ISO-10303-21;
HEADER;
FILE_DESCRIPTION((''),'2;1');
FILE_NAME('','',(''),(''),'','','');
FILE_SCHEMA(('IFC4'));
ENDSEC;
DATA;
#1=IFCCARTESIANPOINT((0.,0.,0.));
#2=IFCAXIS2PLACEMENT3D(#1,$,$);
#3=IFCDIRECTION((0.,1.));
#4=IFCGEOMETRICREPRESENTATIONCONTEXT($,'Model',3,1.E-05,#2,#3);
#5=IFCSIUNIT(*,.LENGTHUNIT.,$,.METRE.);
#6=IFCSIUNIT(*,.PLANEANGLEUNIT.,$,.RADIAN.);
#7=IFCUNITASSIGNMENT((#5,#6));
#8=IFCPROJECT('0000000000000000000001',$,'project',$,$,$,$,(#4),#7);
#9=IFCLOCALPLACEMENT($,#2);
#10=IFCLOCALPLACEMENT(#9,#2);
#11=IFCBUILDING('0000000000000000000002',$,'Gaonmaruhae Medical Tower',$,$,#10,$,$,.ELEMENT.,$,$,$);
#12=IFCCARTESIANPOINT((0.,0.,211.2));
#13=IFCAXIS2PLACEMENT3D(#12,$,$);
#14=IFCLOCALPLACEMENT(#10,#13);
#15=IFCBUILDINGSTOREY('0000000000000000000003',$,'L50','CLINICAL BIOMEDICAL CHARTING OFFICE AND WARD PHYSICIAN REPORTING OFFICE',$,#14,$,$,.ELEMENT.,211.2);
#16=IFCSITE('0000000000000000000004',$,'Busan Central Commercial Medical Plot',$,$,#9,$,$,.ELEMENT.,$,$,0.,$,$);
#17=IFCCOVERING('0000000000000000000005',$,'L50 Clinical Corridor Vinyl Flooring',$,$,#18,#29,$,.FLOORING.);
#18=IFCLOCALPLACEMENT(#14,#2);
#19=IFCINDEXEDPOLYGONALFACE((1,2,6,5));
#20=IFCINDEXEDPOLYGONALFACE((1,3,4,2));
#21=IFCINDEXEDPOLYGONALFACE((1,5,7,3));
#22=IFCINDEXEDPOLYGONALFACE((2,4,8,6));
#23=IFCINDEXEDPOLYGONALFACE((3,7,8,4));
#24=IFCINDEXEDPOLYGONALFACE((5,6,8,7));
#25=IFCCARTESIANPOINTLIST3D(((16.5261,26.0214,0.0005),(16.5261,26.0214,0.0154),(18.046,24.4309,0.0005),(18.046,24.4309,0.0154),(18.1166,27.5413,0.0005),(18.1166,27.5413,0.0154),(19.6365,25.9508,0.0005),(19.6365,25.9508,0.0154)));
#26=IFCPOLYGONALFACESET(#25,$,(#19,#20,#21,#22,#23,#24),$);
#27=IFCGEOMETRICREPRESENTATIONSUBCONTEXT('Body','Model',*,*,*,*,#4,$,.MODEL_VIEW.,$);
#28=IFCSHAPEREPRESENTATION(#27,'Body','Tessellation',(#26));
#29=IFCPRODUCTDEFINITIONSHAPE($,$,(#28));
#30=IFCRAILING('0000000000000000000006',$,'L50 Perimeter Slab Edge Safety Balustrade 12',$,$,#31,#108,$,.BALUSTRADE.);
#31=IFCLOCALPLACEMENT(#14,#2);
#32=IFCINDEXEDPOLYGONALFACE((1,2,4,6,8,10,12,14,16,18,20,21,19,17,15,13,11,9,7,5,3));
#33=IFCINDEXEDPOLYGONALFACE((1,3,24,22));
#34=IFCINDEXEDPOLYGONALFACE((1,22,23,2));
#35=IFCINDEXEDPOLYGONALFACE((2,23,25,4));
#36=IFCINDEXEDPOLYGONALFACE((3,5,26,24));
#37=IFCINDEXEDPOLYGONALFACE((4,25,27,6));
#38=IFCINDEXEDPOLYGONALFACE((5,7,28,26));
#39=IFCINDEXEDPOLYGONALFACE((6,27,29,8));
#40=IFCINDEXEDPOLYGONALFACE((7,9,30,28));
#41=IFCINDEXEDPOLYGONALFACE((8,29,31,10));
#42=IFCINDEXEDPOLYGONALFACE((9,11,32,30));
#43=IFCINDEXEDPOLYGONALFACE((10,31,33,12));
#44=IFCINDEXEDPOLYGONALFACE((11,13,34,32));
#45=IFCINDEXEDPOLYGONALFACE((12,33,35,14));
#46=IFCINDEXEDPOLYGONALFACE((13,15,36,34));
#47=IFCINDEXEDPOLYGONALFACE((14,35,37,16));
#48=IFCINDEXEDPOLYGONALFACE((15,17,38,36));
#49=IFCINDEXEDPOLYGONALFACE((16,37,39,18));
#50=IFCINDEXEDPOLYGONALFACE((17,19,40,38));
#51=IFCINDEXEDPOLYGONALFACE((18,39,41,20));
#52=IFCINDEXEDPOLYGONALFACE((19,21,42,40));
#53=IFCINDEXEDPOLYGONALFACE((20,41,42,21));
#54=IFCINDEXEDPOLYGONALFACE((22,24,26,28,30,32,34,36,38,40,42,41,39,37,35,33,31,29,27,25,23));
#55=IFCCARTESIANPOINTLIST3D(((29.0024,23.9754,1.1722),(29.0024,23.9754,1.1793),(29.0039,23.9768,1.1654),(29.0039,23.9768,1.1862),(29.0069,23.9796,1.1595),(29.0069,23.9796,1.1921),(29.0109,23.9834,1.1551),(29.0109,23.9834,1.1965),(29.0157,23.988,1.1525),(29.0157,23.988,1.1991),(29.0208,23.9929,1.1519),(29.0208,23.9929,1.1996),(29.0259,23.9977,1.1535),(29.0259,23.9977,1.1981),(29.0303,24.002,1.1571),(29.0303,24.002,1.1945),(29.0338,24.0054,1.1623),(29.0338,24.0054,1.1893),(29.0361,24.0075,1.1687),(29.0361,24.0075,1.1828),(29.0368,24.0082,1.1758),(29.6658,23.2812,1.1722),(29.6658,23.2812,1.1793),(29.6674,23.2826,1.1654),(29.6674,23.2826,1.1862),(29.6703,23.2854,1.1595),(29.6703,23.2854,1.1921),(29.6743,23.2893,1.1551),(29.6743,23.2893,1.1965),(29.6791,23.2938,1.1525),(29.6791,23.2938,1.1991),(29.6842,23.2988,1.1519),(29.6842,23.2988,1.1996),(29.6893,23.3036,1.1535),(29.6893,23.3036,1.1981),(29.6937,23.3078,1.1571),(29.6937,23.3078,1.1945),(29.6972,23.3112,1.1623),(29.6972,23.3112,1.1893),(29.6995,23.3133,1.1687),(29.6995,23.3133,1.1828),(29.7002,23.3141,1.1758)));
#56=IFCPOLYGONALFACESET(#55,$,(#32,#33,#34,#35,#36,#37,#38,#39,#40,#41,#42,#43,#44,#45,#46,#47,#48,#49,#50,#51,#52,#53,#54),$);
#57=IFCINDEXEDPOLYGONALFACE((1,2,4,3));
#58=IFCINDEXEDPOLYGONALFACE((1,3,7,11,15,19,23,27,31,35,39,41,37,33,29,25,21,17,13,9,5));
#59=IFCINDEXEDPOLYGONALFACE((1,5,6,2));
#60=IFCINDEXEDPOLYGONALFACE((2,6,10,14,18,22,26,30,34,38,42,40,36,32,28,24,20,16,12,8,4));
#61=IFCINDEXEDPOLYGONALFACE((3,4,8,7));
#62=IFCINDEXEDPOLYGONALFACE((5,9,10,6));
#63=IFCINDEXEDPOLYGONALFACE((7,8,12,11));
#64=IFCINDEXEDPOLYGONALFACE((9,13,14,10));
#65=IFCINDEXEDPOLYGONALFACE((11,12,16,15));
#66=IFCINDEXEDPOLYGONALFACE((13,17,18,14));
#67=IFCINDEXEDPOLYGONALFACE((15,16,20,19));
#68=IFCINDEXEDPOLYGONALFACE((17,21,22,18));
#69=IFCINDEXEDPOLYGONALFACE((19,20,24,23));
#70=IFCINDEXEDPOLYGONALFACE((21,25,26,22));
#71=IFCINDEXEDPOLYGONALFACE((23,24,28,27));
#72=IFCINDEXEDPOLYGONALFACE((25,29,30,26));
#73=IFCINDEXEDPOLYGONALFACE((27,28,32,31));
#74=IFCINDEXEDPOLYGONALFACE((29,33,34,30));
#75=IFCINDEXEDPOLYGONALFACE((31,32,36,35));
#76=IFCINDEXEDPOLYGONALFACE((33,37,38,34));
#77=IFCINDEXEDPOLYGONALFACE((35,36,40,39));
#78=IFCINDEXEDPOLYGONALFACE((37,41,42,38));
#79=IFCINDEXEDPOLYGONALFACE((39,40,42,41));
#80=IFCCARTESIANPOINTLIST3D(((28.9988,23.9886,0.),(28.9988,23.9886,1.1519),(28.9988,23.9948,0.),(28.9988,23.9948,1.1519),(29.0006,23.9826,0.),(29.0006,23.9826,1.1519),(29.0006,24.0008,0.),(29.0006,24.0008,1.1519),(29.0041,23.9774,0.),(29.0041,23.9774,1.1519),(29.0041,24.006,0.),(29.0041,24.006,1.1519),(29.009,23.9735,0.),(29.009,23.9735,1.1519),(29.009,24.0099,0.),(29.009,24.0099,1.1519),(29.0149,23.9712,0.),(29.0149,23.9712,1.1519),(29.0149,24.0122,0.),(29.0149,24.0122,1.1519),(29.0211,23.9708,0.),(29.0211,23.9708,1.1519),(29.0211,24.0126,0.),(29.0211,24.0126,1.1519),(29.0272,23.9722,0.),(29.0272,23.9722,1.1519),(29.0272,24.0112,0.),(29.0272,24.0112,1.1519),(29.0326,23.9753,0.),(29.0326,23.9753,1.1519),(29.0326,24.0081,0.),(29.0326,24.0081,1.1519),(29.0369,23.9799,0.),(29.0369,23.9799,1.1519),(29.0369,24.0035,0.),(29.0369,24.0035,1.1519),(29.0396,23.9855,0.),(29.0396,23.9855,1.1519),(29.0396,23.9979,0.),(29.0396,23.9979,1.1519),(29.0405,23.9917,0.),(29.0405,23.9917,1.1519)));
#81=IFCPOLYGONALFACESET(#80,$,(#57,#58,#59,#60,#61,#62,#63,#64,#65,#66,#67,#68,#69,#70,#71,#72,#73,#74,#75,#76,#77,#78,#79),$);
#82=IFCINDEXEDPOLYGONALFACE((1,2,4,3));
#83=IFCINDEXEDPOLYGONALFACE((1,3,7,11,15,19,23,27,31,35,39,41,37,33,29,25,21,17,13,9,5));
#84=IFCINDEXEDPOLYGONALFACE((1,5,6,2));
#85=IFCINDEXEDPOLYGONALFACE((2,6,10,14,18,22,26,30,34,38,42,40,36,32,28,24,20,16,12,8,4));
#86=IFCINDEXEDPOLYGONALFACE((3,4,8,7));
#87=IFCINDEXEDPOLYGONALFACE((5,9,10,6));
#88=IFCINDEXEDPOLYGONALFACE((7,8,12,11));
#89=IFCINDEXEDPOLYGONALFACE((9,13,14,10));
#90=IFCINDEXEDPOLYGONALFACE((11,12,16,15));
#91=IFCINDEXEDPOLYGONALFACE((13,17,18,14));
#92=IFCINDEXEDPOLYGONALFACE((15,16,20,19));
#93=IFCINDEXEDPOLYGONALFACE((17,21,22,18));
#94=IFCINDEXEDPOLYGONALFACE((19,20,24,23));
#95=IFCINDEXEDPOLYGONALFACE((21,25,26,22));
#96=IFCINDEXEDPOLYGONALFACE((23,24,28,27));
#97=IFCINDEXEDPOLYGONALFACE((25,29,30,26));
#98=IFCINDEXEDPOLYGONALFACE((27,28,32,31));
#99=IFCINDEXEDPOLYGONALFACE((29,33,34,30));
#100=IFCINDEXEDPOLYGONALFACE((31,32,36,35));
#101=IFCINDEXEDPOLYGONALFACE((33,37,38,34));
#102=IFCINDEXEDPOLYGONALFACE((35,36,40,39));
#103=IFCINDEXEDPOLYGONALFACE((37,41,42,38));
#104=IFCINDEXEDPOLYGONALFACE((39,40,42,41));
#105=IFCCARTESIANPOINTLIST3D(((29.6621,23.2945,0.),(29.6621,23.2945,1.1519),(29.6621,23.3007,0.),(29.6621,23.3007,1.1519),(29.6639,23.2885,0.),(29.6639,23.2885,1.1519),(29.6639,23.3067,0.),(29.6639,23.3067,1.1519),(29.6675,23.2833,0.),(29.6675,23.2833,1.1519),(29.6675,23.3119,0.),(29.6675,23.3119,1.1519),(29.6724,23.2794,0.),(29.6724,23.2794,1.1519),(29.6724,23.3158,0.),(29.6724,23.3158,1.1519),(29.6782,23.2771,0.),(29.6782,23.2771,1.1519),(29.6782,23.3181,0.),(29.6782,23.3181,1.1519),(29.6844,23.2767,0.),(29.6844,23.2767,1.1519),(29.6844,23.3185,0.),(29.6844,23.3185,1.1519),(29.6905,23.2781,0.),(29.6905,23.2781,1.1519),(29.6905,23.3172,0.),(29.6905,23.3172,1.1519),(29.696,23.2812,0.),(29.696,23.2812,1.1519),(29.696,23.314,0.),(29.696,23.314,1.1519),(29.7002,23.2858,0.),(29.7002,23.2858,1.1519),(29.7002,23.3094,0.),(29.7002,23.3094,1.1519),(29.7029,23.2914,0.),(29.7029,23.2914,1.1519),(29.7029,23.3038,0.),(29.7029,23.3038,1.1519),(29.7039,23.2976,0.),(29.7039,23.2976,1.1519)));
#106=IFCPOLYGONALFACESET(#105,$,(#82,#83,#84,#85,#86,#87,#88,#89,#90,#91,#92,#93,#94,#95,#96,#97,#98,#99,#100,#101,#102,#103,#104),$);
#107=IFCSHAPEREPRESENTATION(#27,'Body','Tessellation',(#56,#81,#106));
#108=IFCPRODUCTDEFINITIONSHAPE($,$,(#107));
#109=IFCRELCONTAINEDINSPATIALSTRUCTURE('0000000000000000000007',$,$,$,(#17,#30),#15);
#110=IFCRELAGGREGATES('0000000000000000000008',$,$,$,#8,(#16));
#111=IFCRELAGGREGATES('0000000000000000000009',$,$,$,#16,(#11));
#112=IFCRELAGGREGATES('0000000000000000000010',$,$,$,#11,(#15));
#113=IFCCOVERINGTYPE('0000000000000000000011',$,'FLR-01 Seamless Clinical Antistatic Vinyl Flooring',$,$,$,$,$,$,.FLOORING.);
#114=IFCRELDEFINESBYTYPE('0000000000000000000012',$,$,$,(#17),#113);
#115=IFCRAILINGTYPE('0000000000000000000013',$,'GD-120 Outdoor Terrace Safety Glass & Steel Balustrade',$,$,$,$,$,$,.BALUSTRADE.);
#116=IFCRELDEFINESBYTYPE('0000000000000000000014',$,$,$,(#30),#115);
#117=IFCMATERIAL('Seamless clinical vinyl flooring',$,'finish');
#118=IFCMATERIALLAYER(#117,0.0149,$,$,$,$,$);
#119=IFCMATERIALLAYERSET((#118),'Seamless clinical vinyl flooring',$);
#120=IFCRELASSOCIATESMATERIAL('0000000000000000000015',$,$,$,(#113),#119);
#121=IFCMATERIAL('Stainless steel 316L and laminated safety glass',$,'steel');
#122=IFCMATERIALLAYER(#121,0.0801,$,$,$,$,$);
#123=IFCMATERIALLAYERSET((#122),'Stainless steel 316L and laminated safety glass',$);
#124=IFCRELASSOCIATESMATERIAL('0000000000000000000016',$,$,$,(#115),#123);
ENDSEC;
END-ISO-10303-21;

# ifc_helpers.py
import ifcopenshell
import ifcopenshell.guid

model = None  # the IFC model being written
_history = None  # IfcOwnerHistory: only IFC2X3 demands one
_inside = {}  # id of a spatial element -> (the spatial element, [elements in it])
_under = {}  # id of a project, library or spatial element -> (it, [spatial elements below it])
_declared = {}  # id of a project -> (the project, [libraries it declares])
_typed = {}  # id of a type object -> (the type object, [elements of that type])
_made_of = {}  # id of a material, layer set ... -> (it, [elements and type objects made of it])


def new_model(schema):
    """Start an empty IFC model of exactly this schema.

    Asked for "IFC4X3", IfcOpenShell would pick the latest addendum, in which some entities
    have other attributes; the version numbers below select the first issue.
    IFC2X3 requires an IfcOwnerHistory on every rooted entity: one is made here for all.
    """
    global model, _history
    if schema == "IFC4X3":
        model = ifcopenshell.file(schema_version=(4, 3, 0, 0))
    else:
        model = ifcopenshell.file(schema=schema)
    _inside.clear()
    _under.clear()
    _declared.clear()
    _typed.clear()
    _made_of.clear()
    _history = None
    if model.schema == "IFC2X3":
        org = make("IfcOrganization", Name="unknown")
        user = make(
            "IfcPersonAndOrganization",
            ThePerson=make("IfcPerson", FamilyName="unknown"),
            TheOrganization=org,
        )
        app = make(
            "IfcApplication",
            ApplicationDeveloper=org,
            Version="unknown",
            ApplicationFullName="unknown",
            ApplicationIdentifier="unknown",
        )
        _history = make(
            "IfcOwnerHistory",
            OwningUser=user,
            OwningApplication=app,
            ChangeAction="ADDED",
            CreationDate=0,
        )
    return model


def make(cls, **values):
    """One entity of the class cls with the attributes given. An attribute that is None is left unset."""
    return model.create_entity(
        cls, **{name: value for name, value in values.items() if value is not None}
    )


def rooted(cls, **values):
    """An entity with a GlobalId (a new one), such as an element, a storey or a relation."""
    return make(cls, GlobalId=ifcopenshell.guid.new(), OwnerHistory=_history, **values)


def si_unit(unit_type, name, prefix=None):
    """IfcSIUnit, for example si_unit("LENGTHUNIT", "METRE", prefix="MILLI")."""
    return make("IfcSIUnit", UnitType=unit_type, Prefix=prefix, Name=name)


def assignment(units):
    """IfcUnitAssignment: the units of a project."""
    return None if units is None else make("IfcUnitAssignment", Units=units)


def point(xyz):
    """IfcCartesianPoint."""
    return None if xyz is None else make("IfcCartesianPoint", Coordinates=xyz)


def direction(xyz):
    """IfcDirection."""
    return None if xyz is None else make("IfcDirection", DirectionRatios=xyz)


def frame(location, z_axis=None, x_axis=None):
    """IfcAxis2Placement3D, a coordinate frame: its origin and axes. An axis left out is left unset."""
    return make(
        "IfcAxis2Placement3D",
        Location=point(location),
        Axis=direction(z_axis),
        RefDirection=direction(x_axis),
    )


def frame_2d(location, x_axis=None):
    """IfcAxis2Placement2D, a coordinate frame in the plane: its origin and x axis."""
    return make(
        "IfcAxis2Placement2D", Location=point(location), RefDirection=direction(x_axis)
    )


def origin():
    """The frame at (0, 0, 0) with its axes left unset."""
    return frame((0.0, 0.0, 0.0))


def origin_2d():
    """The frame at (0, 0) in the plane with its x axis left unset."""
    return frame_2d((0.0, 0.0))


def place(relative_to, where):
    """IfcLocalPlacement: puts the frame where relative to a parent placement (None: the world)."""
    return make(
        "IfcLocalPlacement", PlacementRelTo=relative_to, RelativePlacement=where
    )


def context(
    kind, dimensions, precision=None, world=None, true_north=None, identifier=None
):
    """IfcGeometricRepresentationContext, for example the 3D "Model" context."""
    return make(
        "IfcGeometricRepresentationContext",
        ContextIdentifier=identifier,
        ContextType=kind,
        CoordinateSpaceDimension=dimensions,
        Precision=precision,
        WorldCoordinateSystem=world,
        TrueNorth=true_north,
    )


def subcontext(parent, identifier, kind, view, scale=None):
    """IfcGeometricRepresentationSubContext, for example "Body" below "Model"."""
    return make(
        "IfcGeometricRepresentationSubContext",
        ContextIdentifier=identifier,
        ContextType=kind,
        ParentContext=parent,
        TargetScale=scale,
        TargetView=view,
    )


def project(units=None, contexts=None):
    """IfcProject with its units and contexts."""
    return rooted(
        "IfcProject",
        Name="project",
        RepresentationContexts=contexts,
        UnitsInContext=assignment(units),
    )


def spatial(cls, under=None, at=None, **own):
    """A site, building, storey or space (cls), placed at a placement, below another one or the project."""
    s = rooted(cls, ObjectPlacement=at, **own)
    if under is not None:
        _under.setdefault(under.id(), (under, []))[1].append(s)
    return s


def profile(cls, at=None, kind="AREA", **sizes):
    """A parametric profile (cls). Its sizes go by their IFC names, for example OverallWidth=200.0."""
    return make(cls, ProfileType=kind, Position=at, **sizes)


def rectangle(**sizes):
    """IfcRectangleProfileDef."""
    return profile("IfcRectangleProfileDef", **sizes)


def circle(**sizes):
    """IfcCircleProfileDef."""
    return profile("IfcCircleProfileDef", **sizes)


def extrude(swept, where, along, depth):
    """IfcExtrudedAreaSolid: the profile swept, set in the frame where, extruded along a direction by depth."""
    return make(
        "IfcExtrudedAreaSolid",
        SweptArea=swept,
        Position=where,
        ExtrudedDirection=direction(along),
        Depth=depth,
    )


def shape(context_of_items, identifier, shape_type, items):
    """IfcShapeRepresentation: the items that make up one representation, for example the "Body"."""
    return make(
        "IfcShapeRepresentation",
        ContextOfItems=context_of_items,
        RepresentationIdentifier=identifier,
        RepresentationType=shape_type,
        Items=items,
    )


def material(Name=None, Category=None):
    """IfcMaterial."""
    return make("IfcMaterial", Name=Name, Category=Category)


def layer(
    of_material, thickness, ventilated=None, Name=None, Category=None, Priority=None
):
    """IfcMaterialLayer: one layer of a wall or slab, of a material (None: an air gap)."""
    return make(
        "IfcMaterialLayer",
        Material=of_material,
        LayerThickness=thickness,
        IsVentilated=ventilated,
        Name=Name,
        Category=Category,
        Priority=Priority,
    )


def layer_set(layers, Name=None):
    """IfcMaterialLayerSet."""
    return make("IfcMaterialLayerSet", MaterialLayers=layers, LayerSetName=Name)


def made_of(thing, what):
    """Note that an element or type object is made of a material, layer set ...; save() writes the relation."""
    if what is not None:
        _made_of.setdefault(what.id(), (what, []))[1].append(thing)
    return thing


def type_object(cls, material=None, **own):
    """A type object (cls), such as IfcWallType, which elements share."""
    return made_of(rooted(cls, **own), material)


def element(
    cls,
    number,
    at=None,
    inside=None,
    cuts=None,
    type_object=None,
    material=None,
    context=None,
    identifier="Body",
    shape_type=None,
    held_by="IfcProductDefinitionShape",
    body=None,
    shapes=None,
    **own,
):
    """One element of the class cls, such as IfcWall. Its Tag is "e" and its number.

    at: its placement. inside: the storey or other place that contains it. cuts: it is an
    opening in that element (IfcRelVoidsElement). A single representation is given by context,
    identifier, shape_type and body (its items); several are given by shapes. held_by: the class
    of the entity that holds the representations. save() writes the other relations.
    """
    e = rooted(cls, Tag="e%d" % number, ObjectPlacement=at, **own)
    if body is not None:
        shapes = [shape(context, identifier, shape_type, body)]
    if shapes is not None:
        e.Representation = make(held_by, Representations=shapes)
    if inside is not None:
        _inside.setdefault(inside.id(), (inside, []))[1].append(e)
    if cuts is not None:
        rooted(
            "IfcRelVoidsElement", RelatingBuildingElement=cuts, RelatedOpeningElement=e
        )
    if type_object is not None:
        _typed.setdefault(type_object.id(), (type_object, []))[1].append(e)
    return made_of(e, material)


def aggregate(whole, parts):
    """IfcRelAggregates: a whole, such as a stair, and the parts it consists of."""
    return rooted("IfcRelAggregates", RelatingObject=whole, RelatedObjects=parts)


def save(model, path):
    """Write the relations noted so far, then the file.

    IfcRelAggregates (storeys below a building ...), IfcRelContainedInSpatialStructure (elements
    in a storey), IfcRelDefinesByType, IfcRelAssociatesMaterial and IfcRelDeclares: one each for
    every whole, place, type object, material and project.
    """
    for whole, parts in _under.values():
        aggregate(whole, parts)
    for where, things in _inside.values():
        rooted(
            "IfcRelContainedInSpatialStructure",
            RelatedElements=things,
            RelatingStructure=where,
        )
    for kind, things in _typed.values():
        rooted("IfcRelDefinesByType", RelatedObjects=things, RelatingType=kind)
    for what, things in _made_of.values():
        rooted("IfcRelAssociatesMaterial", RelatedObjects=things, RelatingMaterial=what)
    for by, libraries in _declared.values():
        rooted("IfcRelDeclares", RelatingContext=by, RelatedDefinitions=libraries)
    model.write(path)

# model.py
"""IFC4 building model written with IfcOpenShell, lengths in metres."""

from ifc_helpers import new_model, si_unit, direction, frame, origin, origin_2d, place, context, subcontext, project, spatial, rectangle, circle, extrude, material, layer, layer_set, type_object, element, save


model = new_model("IFC4")

# Units and contexts
model_context = context("Model", 3, precision=1e-05, world=origin(), true_north=direction((0.0, 1.0)))
body_context = subcontext(model_context, "Body", "Model", "MODEL_VIEW")
ifc_project = project(units=[si_unit("LENGTHUNIT", "METRE"), si_unit("PLANEANGLEUNIT", "RADIAN")], contexts=[model_context])

# Site, building, storey
site_placement = place(None, origin())
site = spatial("IfcSite", under=ifc_project, at=site_placement, Name="Busan Central Commercial Medical Plot", CompositionType="ELEMENT", RefElevation=0.0)
building_placement = place(site_placement, origin())
building = spatial("IfcBuilding", under=site, at=building_placement, Name="Gaonmaruhae Medical Tower", CompositionType="ELEMENT")
storey_placement = place(building_placement, frame((0.0, 0.0, 211.2)))
storey = spatial("IfcBuildingStorey", under=building, at=storey_placement, Name="L50", Description="CLINICAL BIOMEDICAL CHARTING OFFICE AND WARD PHYSICIAN REPORTING OFFICE", CompositionType="ELEMENT", Elevation=211.2)

# Covering
ifc_material_1 = material(Name="Seamless clinical vinyl flooring", Category="finish")
ifc_layer_1 = layer(ifc_material_1, 0.0149)
ifc_layer_set_1 = layer_set([ifc_layer_1], Name="Seamless clinical vinyl flooring")
covering_type_1 = type_object("IfcCoveringType", Name="FLR-01 Seamless Clinical Antistatic Vinyl Flooring", PredefinedType="FLOORING", material=ifc_layer_set_1)
covering_1_placement = place(storey_placement, frame((18.0813, 25.9861, 0.0005), z_axis=(0.0, 0.0, 1.0), x_axis=(0.722967, 0.690882, 0.0)))
element("IfcCovering", 1, at=covering_1_placement, inside=storey, type_object=covering_type_1, Name="L50 Clinical Corridor Vinyl Flooring", PredefinedType="FLOORING", context=body_context, shape_type="SweptSolid", body=[
    extrude(rectangle(XDim=2.2, YDim=2.2, at=origin_2d()), origin(), (0.0, 0.0, 1.0), 0.0149),
])

# Railing
ifc_material_2 = material(Name="Stainless steel 316L and laminated safety glass", Category="steel")
ifc_layer_2 = layer(ifc_material_2, 0.0801)
ifc_layer_set_2 = layer_set([ifc_layer_2], Name="Stainless steel 316L and laminated safety glass")
railing_type = type_object("IfcRailingType", Name="GD-120 Outdoor Terrace Safety Glass & Steel Balustrade", PredefinedType="BALUSTRADE", material=ifc_layer_set_2)
railing_1_placement = place(storey_placement, frame((29.0195, 23.9917, 0.0)))
element("IfcRailing", 2, at=railing_1_placement, inside=storey, type_object=railing_type, Name="L50 Perimeter Slab Edge Safety Balustrade 12", PredefinedType="BALUSTRADE", context=body_context, shape_type="SweptSolid", body=[
    extrude(circle(Radius=0.0239, at=origin_2d()), frame((0.0, 0.0, 1.1758), z_axis=(0.690905, -0.722946, 0.0), x_axis=(0.722946, 0.690905, 0.0)), (0.0, 0.0, 1.0), 0.9602),
    extrude(circle(Radius=0.021, at=origin_2d()), origin(), (0.0, 0.0, 1.0), 1.1519),
    extrude(circle(Radius=0.021, at=origin_2d()), frame((0.6633, -0.6941, 0.0)), (0.0, 0.0, 1.0), 1.1519),
])

save(model, "model.ifc")
